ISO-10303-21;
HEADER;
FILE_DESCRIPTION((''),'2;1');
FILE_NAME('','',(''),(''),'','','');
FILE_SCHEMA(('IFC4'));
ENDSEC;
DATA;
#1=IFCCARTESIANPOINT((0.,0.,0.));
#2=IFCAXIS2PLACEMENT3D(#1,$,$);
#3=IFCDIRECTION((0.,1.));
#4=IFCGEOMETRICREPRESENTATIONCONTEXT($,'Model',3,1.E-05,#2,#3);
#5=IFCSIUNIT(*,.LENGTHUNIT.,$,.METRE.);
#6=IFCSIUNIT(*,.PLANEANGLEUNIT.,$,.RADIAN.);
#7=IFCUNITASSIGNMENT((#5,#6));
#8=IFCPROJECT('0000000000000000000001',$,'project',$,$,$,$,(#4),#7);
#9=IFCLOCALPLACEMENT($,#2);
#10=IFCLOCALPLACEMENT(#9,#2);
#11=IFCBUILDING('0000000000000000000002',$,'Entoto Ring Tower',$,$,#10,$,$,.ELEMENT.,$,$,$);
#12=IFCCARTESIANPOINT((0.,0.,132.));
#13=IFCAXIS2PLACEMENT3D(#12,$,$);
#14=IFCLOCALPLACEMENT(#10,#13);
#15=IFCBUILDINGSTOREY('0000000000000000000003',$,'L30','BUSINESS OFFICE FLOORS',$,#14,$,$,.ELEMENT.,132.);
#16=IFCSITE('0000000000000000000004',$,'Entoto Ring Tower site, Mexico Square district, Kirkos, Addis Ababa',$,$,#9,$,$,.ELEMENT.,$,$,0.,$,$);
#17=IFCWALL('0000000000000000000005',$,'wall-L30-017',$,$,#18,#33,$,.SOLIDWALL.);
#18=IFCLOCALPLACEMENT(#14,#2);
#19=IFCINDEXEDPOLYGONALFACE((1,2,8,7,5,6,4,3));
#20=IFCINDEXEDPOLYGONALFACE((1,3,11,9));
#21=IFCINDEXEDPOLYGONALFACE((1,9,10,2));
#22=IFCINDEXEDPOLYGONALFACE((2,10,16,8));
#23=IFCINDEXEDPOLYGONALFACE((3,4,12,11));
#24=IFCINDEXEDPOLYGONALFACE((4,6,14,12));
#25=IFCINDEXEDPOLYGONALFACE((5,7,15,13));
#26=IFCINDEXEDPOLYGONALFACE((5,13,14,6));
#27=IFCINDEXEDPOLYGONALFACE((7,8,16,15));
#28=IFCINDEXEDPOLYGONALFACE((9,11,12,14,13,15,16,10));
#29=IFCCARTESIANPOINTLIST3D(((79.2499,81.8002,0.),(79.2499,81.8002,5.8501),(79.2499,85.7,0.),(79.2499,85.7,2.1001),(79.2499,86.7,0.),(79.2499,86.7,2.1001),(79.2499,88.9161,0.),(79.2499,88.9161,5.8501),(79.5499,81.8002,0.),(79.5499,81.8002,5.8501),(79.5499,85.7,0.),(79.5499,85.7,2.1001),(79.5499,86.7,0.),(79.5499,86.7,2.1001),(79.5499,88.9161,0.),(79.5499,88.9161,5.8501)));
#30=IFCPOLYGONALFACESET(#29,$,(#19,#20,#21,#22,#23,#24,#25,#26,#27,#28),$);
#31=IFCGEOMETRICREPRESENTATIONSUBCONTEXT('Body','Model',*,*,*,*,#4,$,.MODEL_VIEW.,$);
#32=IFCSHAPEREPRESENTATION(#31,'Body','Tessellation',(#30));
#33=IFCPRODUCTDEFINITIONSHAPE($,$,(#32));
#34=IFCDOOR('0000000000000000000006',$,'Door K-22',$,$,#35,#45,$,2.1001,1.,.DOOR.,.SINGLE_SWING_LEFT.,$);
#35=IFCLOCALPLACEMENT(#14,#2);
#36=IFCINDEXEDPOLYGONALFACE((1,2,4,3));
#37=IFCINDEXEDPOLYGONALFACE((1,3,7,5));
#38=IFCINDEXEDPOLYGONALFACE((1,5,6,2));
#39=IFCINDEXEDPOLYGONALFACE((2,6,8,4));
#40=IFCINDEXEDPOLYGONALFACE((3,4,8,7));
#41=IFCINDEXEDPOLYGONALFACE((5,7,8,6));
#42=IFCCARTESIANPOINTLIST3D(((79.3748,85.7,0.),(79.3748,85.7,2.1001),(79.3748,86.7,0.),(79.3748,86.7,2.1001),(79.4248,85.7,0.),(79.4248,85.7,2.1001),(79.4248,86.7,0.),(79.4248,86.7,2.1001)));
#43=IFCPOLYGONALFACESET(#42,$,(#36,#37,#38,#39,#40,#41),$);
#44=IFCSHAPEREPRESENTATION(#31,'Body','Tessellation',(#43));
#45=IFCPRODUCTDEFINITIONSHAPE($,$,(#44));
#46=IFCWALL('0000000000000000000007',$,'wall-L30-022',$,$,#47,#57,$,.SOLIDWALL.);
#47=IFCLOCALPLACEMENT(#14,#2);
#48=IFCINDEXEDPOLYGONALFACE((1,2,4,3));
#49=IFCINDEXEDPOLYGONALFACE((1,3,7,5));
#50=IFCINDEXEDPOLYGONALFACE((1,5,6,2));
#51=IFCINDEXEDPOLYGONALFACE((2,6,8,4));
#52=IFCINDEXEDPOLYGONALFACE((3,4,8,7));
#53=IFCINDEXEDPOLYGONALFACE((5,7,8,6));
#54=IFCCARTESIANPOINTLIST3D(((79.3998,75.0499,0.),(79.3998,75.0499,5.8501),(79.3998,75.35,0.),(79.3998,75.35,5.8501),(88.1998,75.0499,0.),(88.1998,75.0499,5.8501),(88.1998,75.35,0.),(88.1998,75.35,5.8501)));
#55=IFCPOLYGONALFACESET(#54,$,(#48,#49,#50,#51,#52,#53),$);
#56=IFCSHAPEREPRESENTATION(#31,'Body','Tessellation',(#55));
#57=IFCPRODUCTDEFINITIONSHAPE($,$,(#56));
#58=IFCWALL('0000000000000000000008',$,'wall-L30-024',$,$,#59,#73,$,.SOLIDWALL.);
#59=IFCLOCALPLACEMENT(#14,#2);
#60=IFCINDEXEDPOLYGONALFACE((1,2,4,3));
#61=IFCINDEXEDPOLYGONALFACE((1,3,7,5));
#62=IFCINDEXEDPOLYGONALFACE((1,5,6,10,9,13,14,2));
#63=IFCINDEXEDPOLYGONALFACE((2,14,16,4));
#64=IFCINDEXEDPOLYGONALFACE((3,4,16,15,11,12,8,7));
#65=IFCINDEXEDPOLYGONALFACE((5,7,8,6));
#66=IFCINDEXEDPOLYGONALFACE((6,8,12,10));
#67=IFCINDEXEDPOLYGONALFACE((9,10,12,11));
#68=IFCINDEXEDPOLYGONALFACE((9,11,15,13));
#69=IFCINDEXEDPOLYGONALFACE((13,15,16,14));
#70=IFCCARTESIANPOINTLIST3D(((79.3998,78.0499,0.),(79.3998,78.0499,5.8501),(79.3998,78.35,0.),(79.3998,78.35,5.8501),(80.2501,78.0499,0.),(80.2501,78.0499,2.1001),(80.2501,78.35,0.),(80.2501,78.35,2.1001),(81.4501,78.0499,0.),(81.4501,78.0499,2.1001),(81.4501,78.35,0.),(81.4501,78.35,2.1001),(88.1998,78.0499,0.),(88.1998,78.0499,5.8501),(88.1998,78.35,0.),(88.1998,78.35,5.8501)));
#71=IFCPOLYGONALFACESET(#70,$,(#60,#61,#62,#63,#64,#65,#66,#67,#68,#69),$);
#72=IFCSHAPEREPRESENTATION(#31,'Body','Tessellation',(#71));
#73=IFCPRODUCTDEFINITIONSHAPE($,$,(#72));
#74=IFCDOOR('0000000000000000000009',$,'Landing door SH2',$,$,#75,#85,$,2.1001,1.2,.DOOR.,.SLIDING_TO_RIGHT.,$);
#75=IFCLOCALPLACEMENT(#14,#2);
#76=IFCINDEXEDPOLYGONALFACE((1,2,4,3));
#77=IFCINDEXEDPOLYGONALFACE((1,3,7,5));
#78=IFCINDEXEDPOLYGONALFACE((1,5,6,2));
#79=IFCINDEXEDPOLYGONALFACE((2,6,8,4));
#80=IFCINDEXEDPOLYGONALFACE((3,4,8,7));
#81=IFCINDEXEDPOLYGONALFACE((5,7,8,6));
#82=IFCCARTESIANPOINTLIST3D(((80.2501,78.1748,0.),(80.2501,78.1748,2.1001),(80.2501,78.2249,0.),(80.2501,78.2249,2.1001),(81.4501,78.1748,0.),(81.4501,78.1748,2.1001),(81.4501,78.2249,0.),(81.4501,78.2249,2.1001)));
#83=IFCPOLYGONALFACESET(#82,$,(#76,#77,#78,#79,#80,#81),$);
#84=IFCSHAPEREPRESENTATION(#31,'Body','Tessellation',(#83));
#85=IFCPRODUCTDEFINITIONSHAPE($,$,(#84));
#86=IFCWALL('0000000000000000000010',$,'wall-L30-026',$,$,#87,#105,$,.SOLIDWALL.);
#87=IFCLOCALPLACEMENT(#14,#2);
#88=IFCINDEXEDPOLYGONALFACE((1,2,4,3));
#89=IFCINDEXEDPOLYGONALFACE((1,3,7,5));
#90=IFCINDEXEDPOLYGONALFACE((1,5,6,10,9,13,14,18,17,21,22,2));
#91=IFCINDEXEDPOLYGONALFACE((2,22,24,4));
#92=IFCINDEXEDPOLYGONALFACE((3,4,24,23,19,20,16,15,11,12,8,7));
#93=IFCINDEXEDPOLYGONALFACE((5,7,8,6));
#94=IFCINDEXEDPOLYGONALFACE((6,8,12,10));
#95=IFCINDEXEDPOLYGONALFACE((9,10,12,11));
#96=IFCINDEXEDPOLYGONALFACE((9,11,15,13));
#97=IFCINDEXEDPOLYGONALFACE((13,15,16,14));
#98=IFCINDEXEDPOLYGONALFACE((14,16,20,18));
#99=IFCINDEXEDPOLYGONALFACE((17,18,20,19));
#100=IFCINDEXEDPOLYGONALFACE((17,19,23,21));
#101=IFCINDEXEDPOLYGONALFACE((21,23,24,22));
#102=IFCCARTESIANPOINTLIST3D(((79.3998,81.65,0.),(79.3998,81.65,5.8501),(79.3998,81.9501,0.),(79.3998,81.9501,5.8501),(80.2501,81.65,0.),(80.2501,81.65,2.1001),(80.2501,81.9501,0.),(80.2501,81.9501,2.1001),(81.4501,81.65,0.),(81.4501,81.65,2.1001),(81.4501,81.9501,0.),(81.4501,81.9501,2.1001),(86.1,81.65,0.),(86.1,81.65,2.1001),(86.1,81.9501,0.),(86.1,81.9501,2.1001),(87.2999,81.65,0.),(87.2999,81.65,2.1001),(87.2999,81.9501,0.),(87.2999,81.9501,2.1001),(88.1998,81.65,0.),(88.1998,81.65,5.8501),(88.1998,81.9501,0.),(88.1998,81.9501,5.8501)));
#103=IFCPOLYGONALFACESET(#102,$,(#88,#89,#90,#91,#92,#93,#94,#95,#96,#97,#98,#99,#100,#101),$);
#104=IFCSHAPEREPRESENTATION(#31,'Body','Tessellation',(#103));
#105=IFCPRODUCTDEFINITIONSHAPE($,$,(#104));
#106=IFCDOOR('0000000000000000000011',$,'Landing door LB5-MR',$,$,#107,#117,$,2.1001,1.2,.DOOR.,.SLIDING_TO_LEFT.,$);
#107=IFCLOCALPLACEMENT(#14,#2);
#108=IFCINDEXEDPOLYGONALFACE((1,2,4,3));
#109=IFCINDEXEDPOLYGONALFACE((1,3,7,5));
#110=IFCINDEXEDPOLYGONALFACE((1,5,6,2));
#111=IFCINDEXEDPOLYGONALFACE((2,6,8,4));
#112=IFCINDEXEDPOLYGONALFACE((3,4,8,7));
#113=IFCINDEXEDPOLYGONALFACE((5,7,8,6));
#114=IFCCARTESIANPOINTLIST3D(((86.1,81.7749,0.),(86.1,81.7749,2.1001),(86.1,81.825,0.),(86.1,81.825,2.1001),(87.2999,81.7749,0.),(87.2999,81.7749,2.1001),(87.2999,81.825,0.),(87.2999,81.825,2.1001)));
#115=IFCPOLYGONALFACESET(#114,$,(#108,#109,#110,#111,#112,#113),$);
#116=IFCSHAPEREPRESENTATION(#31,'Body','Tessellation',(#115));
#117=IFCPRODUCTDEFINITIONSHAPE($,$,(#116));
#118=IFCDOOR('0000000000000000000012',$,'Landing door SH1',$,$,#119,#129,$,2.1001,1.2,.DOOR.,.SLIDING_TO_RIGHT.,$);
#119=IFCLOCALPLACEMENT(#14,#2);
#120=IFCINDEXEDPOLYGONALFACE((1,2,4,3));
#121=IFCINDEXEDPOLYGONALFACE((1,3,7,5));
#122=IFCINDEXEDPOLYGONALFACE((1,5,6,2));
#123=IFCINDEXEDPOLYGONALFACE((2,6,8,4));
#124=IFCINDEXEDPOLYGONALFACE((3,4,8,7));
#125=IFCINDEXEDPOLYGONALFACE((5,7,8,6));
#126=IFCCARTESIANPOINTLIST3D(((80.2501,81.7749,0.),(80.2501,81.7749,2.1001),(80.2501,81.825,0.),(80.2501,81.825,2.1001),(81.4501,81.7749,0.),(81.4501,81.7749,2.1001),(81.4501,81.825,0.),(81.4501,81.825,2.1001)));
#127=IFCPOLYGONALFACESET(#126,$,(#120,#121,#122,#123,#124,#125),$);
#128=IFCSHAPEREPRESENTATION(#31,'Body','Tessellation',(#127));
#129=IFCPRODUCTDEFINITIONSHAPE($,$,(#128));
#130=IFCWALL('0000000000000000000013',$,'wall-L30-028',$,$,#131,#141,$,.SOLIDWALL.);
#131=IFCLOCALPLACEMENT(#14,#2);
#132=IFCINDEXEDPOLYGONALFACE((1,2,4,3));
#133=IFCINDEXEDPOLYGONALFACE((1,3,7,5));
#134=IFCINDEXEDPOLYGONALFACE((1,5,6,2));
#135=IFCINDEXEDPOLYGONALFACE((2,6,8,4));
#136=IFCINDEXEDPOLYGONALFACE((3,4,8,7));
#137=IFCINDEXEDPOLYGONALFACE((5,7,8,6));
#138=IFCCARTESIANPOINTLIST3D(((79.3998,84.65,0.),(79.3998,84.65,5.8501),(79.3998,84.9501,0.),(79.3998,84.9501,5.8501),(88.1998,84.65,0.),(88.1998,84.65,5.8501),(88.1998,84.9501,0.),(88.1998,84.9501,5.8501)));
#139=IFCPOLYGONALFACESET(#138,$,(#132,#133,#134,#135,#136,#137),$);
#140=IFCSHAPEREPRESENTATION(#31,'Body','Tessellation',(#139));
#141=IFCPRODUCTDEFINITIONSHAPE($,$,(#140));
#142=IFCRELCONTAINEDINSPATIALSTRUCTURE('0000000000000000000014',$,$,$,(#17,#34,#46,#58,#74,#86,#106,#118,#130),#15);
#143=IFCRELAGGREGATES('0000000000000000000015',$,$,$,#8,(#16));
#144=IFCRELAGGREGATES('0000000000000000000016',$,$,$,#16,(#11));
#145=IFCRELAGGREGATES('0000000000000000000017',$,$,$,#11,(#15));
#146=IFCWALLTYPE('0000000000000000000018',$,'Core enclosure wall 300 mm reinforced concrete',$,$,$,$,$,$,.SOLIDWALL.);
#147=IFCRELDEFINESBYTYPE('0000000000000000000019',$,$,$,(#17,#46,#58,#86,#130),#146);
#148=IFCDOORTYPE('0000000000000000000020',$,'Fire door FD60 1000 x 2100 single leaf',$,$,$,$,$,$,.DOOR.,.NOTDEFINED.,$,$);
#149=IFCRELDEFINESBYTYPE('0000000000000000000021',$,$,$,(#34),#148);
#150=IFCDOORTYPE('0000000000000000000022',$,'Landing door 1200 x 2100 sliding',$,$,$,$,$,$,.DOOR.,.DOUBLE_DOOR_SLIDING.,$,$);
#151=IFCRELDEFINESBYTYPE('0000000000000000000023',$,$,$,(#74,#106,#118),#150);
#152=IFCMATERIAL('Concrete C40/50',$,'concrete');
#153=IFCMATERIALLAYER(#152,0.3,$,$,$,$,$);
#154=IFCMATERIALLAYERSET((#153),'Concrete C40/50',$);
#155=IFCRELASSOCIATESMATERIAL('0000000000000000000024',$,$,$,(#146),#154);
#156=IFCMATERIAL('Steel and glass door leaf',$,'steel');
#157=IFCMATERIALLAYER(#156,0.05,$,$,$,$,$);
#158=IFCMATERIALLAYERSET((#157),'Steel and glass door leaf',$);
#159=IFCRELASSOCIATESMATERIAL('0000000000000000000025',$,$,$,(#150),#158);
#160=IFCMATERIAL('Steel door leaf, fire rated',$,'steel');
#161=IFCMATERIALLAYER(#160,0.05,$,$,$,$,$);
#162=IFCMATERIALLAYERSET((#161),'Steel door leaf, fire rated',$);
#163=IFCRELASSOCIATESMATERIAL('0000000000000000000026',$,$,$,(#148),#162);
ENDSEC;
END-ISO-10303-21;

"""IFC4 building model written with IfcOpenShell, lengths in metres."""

from ifc_helpers import new_model, si_unit, direction, frame, frame_2d, origin, place, context, subcontext, project, spatial, rectangle, extrude, material, layer, layer_set, type_object, element, fill, save


model = new_model("IFC4")

# Units and contexts
model_context = context("Model", 3, precision=1e-05, world=origin(), true_north=direction((0.0, 1.0)))
body_context = subcontext(model_context, "Body", "Model", "MODEL_VIEW")
ifc_project = project(units=[si_unit("LENGTHUNIT", "METRE"), si_unit("PLANEANGLEUNIT", "RADIAN")], contexts=[model_context])

# Site, building, storey
site_placement = place(None, origin())
site = spatial("IfcSite", under=ifc_project, at=site_placement, Name="Entoto Ring Tower site, Mexico Square district, Kirkos, Addis Ababa", CompositionType="ELEMENT", RefElevation=0.0)
building_placement = place(site_placement, origin())
building = spatial("IfcBuilding", under=site, at=building_placement, Name="Entoto Ring Tower", CompositionType="ELEMENT")
storey_placement = place(building_placement, frame((0.0, 0.0, 132.0)))
storey = spatial("IfcBuildingStorey", under=building, at=storey_placement, Name="L30", Description="BUSINESS OFFICE FLOORS", CompositionType="ELEMENT", Elevation=132.0)

# Shared definitions
ifc_material_1 = material(Name="Concrete C40/50", Category="concrete")
ifc_layer_1 = layer(ifc_material_1, 0.3)
ifc_layer_set_1 = layer_set([ifc_layer_1], Name="Concrete C40/50")
wall_type_1 = type_object("IfcWallType", Name="Core enclosure wall 300 mm reinforced concrete", PredefinedType="SOLIDWALL", material=ifc_layer_set_1)
ifc_material_2 = material(Name="Steel and glass door leaf", Category="steel")
ifc_layer_2 = layer(ifc_material_2, 0.05)
ifc_layer_set_2 = layer_set([ifc_layer_2], Name="Steel and glass door leaf")
door_type_1 = type_object("IfcDoorType", Name="Landing door 1200 x 2100 sliding", OperationType="DOUBLE_DOOR_SLIDING", PredefinedType="DOOR", material=ifc_layer_set_2)

# Wall, opening, door
wall_1_placement = place(storey_placement, frame((79.3999, 81.8, 0.0), z_axis=(0.0, 0.0, 1.0), x_axis=(0.0, 1.0, 0.0)))
wall_1 = element("IfcWall", 1, at=wall_1_placement, inside=storey, type_object=wall_type_1, Name="wall-L30-017", PredefinedType="SOLIDWALL", context=body_context, shape_type="SweptSolid", body=[
    extrude(rectangle(XDim=7.116, YDim=0.3, at=frame_2d((3.5581, 0.0))), origin(), (0.0, 0.0, 1.0), 5.8501),
])
opening_1_placement = place(wall_1_placement, frame((3.8999, 0.0, 0.0)))
opening_1 = element("IfcOpeningElement", 2, at=opening_1_placement, cuts=wall_1, PredefinedType="OPENING", context=body_context, shape_type="SweptSolid", body=[
    extrude(rectangle(XDim=1.0, YDim=2.1001, at=frame_2d((0.5, 1.05))), frame((0.0, 0.1602, 0.0), z_axis=(0.0, -1.0, 0.0), x_axis=(1.0, 0.0, 0.0)), (0.0, 0.0, 1.0), 0.3201),
])
ifc_material_3 = material(Name="Steel door leaf, fire rated", Category="steel")
ifc_layer_3 = layer(ifc_material_3, 0.05)
ifc_layer_set_3 = layer_set([ifc_layer_3], Name="Steel door leaf, fire rated")
door_type_2 = type_object("IfcDoorType", Name="Fire door FD60 1000 x 2100 single leaf", OperationType="NOTDEFINED", PredefinedType="DOOR", material=ifc_layer_set_3)
door_1_placement = place(opening_1_placement, frame((1.0, 0.0, 0.0), z_axis=(0.0, 0.0, 1.0), x_axis=(-1.0, 0.0, 0.0)))
door_1 = element("IfcDoor", 3, at=door_1_placement, inside=storey, type_object=door_type_2, Name="Door K-22", OperationType="SINGLE_SWING_LEFT", OverallHeight=2.1001, OverallWidth=1.0, PredefinedType="DOOR", context=body_context, shape_type="SweptSolid", body=[
    extrude(rectangle(XDim=1.0, YDim=2.1001, at=frame_2d((0.5, 1.05))), frame((0.0, 0.0249, 0.0), z_axis=(0.0, -1.0, 0.0), x_axis=(1.0, 0.0, 0.0)), (0.0, 0.0, 1.0), 0.05),
])
fill(opening_1, door_1)

# Wall
wall_2_placement = place(storey_placement, frame((79.3999, 75.2, 0.0), z_axis=(0.0, 0.0, 1.0), x_axis=(1.0, 0.0, 0.0)))
element("IfcWall", 4, at=wall_2_placement, inside=storey, type_object=wall_type_1, Name="wall-L30-022", PredefinedType="SOLIDWALL", context=body_context, shape_type="SweptSolid", body=[
    extrude(rectangle(XDim=8.8, YDim=0.3, at=frame_2d((4.3999, 0.0))), origin(), (0.0, 0.0, 1.0), 5.8501),
])

# Wall, opening, door
wall_3_placement = place(storey_placement, frame((79.3999, 78.2, 0.0), z_axis=(0.0, 0.0, 1.0), x_axis=(1.0, 0.0, 0.0)))
wall_3 = element("IfcWall", 5, at=wall_3_placement, inside=storey, type_object=wall_type_1, Name="wall-L30-024", PredefinedType="SOLIDWALL", context=body_context, shape_type="SweptSolid", body=[
    extrude(rectangle(XDim=8.8, YDim=0.3, at=frame_2d((4.3999, 0.0))), origin(), (0.0, 0.0, 1.0), 5.8501),
])
opening_2_placement = place(wall_3_placement, frame((0.8501, 0.0, 0.0)))
opening_2 = element("IfcOpeningElement", 6, at=opening_2_placement, cuts=wall_3, PredefinedType="OPENING", context=body_context, shape_type="SweptSolid", body=[
    extrude(rectangle(XDim=1.2, YDim=2.1001, at=frame_2d((0.6001, 1.05))), frame((0.0, 0.1602, 0.0), z_axis=(0.0, -1.0, 0.0), x_axis=(1.0, 0.0, 0.0)), (0.0, 0.0, 1.0), 0.3201),
])
door_2_placement = place(opening_2_placement, origin())
door_2 = element("IfcDoor", 7, at=door_2_placement, inside=storey, type_object=door_type_1, Name="Landing door SH2", OperationType="SLIDING_TO_RIGHT", OverallHeight=2.1001, OverallWidth=1.2, PredefinedType="DOOR", context=body_context, shape_type="SweptSolid", body=[
    extrude(rectangle(XDim=1.2, YDim=2.1001, at=frame_2d((0.6001, 1.05))), frame((0.0, 0.0249, 0.0), z_axis=(0.0, -1.0, 0.0), x_axis=(1.0, 0.0, 0.0)), (0.0, 0.0, 1.0), 0.05),
])
fill(opening_2, door_2)

# Wall, openings, doors
wall_4_placement = place(storey_placement, frame((79.3999, 81.8, 0.0), z_axis=(0.0, 0.0, 1.0), x_axis=(1.0, 0.0, 0.0)))
wall_4 = element("IfcWall", 8, at=wall_4_placement, inside=storey, type_object=wall_type_1, Name="wall-L30-026", PredefinedType="SOLIDWALL", context=body_context, shape_type="SweptSolid", body=[
    extrude(rectangle(XDim=8.8, YDim=0.3, at=frame_2d((4.3999, 0.0))), origin(), (0.0, 0.0, 1.0), 5.8501),
])
opening_3_placement = place(wall_4_placement, frame((6.7, 0.0, 0.0)))
opening_3 = element("IfcOpeningElement", 9, at=opening_3_placement, cuts=wall_4, PredefinedType="OPENING", context=body_context, shape_type="SweptSolid", body=[
    extrude(rectangle(XDim=1.2, YDim=2.1001, at=frame_2d((0.6001, 1.05))), frame((0.0, 0.1602, 0.0), z_axis=(0.0, -1.0, 0.0), x_axis=(1.0, 0.0, 0.0)), (0.0, 0.0, 1.0), 0.3201),
])
opening_4_placement = place(wall_4_placement, frame((0.8501, 0.0, 0.0)))
opening_4 = element("IfcOpeningElement", 10, at=opening_4_placement, cuts=wall_4, PredefinedType="OPENING", context=body_context, shape_type="SweptSolid", body=[
    extrude(rectangle(XDim=1.2, YDim=2.1001, at=frame_2d((0.6001, 1.05))), frame((0.0, 0.1602, 0.0), z_axis=(0.0, -1.0, 0.0), x_axis=(1.0, 0.0, 0.0)), (0.0, 0.0, 1.0), 0.3201),
])
door_3_placement = place(opening_3_placement, origin())
door_3 = element("IfcDoor", 11, at=door_3_placement, inside=storey, type_object=door_type_1, Name="Landing door LB5-MR", OperationType="SLIDING_TO_LEFT", OverallHeight=2.1001, OverallWidth=1.2, PredefinedType="DOOR", context=body_context, shape_type="SweptSolid", body=[
    extrude(rectangle(XDim=1.2, YDim=2.1001, at=frame_2d((0.6001, 1.05))), frame((0.0, 0.0249, 0.0), z_axis=(0.0, -1.0, 0.0), x_axis=(1.0, 0.0, 0.0)), (0.0, 0.0, 1.0), 0.05),
])
fill(opening_3, door_3)
door_4_placement = place(opening_4_placement, origin())
door_4 = element("IfcDoor", 12, at=door_4_placement, inside=storey, type_object=door_type_1, Name="Landing door SH1", OperationType="SLIDING_TO_RIGHT", OverallHeight=2.1001, OverallWidth=1.2, PredefinedType="DOOR", context=body_context, shape_type="SweptSolid", body=[
    extrude(rectangle(XDim=1.2, YDim=2.1001, at=frame_2d((0.6001, 1.05))), frame((0.0, 0.0249, 0.0), z_axis=(0.0, -1.0, 0.0), x_axis=(1.0, 0.0, 0.0)), (0.0, 0.0, 1.0), 0.05),
])
fill(opening_4, door_4)

# Wall
wall_5_placement = place(storey_placement, frame((79.3999, 84.8, 0.0), z_axis=(0.0, 0.0, 1.0), x_axis=(1.0, 0.0, 0.0)))
element("IfcWall", 13, at=wall_5_placement, inside=storey, type_object=wall_type_1, Name="wall-L30-028", PredefinedType="SOLIDWALL", context=body_context, shape_type="SweptSolid", body=[
    extrude(rectangle(XDim=8.8, YDim=0.3, at=frame_2d((4.3999, 0.0))), origin(), (0.0, 0.0, 1.0), 5.8501),
])

save(model, "model.ifc")
